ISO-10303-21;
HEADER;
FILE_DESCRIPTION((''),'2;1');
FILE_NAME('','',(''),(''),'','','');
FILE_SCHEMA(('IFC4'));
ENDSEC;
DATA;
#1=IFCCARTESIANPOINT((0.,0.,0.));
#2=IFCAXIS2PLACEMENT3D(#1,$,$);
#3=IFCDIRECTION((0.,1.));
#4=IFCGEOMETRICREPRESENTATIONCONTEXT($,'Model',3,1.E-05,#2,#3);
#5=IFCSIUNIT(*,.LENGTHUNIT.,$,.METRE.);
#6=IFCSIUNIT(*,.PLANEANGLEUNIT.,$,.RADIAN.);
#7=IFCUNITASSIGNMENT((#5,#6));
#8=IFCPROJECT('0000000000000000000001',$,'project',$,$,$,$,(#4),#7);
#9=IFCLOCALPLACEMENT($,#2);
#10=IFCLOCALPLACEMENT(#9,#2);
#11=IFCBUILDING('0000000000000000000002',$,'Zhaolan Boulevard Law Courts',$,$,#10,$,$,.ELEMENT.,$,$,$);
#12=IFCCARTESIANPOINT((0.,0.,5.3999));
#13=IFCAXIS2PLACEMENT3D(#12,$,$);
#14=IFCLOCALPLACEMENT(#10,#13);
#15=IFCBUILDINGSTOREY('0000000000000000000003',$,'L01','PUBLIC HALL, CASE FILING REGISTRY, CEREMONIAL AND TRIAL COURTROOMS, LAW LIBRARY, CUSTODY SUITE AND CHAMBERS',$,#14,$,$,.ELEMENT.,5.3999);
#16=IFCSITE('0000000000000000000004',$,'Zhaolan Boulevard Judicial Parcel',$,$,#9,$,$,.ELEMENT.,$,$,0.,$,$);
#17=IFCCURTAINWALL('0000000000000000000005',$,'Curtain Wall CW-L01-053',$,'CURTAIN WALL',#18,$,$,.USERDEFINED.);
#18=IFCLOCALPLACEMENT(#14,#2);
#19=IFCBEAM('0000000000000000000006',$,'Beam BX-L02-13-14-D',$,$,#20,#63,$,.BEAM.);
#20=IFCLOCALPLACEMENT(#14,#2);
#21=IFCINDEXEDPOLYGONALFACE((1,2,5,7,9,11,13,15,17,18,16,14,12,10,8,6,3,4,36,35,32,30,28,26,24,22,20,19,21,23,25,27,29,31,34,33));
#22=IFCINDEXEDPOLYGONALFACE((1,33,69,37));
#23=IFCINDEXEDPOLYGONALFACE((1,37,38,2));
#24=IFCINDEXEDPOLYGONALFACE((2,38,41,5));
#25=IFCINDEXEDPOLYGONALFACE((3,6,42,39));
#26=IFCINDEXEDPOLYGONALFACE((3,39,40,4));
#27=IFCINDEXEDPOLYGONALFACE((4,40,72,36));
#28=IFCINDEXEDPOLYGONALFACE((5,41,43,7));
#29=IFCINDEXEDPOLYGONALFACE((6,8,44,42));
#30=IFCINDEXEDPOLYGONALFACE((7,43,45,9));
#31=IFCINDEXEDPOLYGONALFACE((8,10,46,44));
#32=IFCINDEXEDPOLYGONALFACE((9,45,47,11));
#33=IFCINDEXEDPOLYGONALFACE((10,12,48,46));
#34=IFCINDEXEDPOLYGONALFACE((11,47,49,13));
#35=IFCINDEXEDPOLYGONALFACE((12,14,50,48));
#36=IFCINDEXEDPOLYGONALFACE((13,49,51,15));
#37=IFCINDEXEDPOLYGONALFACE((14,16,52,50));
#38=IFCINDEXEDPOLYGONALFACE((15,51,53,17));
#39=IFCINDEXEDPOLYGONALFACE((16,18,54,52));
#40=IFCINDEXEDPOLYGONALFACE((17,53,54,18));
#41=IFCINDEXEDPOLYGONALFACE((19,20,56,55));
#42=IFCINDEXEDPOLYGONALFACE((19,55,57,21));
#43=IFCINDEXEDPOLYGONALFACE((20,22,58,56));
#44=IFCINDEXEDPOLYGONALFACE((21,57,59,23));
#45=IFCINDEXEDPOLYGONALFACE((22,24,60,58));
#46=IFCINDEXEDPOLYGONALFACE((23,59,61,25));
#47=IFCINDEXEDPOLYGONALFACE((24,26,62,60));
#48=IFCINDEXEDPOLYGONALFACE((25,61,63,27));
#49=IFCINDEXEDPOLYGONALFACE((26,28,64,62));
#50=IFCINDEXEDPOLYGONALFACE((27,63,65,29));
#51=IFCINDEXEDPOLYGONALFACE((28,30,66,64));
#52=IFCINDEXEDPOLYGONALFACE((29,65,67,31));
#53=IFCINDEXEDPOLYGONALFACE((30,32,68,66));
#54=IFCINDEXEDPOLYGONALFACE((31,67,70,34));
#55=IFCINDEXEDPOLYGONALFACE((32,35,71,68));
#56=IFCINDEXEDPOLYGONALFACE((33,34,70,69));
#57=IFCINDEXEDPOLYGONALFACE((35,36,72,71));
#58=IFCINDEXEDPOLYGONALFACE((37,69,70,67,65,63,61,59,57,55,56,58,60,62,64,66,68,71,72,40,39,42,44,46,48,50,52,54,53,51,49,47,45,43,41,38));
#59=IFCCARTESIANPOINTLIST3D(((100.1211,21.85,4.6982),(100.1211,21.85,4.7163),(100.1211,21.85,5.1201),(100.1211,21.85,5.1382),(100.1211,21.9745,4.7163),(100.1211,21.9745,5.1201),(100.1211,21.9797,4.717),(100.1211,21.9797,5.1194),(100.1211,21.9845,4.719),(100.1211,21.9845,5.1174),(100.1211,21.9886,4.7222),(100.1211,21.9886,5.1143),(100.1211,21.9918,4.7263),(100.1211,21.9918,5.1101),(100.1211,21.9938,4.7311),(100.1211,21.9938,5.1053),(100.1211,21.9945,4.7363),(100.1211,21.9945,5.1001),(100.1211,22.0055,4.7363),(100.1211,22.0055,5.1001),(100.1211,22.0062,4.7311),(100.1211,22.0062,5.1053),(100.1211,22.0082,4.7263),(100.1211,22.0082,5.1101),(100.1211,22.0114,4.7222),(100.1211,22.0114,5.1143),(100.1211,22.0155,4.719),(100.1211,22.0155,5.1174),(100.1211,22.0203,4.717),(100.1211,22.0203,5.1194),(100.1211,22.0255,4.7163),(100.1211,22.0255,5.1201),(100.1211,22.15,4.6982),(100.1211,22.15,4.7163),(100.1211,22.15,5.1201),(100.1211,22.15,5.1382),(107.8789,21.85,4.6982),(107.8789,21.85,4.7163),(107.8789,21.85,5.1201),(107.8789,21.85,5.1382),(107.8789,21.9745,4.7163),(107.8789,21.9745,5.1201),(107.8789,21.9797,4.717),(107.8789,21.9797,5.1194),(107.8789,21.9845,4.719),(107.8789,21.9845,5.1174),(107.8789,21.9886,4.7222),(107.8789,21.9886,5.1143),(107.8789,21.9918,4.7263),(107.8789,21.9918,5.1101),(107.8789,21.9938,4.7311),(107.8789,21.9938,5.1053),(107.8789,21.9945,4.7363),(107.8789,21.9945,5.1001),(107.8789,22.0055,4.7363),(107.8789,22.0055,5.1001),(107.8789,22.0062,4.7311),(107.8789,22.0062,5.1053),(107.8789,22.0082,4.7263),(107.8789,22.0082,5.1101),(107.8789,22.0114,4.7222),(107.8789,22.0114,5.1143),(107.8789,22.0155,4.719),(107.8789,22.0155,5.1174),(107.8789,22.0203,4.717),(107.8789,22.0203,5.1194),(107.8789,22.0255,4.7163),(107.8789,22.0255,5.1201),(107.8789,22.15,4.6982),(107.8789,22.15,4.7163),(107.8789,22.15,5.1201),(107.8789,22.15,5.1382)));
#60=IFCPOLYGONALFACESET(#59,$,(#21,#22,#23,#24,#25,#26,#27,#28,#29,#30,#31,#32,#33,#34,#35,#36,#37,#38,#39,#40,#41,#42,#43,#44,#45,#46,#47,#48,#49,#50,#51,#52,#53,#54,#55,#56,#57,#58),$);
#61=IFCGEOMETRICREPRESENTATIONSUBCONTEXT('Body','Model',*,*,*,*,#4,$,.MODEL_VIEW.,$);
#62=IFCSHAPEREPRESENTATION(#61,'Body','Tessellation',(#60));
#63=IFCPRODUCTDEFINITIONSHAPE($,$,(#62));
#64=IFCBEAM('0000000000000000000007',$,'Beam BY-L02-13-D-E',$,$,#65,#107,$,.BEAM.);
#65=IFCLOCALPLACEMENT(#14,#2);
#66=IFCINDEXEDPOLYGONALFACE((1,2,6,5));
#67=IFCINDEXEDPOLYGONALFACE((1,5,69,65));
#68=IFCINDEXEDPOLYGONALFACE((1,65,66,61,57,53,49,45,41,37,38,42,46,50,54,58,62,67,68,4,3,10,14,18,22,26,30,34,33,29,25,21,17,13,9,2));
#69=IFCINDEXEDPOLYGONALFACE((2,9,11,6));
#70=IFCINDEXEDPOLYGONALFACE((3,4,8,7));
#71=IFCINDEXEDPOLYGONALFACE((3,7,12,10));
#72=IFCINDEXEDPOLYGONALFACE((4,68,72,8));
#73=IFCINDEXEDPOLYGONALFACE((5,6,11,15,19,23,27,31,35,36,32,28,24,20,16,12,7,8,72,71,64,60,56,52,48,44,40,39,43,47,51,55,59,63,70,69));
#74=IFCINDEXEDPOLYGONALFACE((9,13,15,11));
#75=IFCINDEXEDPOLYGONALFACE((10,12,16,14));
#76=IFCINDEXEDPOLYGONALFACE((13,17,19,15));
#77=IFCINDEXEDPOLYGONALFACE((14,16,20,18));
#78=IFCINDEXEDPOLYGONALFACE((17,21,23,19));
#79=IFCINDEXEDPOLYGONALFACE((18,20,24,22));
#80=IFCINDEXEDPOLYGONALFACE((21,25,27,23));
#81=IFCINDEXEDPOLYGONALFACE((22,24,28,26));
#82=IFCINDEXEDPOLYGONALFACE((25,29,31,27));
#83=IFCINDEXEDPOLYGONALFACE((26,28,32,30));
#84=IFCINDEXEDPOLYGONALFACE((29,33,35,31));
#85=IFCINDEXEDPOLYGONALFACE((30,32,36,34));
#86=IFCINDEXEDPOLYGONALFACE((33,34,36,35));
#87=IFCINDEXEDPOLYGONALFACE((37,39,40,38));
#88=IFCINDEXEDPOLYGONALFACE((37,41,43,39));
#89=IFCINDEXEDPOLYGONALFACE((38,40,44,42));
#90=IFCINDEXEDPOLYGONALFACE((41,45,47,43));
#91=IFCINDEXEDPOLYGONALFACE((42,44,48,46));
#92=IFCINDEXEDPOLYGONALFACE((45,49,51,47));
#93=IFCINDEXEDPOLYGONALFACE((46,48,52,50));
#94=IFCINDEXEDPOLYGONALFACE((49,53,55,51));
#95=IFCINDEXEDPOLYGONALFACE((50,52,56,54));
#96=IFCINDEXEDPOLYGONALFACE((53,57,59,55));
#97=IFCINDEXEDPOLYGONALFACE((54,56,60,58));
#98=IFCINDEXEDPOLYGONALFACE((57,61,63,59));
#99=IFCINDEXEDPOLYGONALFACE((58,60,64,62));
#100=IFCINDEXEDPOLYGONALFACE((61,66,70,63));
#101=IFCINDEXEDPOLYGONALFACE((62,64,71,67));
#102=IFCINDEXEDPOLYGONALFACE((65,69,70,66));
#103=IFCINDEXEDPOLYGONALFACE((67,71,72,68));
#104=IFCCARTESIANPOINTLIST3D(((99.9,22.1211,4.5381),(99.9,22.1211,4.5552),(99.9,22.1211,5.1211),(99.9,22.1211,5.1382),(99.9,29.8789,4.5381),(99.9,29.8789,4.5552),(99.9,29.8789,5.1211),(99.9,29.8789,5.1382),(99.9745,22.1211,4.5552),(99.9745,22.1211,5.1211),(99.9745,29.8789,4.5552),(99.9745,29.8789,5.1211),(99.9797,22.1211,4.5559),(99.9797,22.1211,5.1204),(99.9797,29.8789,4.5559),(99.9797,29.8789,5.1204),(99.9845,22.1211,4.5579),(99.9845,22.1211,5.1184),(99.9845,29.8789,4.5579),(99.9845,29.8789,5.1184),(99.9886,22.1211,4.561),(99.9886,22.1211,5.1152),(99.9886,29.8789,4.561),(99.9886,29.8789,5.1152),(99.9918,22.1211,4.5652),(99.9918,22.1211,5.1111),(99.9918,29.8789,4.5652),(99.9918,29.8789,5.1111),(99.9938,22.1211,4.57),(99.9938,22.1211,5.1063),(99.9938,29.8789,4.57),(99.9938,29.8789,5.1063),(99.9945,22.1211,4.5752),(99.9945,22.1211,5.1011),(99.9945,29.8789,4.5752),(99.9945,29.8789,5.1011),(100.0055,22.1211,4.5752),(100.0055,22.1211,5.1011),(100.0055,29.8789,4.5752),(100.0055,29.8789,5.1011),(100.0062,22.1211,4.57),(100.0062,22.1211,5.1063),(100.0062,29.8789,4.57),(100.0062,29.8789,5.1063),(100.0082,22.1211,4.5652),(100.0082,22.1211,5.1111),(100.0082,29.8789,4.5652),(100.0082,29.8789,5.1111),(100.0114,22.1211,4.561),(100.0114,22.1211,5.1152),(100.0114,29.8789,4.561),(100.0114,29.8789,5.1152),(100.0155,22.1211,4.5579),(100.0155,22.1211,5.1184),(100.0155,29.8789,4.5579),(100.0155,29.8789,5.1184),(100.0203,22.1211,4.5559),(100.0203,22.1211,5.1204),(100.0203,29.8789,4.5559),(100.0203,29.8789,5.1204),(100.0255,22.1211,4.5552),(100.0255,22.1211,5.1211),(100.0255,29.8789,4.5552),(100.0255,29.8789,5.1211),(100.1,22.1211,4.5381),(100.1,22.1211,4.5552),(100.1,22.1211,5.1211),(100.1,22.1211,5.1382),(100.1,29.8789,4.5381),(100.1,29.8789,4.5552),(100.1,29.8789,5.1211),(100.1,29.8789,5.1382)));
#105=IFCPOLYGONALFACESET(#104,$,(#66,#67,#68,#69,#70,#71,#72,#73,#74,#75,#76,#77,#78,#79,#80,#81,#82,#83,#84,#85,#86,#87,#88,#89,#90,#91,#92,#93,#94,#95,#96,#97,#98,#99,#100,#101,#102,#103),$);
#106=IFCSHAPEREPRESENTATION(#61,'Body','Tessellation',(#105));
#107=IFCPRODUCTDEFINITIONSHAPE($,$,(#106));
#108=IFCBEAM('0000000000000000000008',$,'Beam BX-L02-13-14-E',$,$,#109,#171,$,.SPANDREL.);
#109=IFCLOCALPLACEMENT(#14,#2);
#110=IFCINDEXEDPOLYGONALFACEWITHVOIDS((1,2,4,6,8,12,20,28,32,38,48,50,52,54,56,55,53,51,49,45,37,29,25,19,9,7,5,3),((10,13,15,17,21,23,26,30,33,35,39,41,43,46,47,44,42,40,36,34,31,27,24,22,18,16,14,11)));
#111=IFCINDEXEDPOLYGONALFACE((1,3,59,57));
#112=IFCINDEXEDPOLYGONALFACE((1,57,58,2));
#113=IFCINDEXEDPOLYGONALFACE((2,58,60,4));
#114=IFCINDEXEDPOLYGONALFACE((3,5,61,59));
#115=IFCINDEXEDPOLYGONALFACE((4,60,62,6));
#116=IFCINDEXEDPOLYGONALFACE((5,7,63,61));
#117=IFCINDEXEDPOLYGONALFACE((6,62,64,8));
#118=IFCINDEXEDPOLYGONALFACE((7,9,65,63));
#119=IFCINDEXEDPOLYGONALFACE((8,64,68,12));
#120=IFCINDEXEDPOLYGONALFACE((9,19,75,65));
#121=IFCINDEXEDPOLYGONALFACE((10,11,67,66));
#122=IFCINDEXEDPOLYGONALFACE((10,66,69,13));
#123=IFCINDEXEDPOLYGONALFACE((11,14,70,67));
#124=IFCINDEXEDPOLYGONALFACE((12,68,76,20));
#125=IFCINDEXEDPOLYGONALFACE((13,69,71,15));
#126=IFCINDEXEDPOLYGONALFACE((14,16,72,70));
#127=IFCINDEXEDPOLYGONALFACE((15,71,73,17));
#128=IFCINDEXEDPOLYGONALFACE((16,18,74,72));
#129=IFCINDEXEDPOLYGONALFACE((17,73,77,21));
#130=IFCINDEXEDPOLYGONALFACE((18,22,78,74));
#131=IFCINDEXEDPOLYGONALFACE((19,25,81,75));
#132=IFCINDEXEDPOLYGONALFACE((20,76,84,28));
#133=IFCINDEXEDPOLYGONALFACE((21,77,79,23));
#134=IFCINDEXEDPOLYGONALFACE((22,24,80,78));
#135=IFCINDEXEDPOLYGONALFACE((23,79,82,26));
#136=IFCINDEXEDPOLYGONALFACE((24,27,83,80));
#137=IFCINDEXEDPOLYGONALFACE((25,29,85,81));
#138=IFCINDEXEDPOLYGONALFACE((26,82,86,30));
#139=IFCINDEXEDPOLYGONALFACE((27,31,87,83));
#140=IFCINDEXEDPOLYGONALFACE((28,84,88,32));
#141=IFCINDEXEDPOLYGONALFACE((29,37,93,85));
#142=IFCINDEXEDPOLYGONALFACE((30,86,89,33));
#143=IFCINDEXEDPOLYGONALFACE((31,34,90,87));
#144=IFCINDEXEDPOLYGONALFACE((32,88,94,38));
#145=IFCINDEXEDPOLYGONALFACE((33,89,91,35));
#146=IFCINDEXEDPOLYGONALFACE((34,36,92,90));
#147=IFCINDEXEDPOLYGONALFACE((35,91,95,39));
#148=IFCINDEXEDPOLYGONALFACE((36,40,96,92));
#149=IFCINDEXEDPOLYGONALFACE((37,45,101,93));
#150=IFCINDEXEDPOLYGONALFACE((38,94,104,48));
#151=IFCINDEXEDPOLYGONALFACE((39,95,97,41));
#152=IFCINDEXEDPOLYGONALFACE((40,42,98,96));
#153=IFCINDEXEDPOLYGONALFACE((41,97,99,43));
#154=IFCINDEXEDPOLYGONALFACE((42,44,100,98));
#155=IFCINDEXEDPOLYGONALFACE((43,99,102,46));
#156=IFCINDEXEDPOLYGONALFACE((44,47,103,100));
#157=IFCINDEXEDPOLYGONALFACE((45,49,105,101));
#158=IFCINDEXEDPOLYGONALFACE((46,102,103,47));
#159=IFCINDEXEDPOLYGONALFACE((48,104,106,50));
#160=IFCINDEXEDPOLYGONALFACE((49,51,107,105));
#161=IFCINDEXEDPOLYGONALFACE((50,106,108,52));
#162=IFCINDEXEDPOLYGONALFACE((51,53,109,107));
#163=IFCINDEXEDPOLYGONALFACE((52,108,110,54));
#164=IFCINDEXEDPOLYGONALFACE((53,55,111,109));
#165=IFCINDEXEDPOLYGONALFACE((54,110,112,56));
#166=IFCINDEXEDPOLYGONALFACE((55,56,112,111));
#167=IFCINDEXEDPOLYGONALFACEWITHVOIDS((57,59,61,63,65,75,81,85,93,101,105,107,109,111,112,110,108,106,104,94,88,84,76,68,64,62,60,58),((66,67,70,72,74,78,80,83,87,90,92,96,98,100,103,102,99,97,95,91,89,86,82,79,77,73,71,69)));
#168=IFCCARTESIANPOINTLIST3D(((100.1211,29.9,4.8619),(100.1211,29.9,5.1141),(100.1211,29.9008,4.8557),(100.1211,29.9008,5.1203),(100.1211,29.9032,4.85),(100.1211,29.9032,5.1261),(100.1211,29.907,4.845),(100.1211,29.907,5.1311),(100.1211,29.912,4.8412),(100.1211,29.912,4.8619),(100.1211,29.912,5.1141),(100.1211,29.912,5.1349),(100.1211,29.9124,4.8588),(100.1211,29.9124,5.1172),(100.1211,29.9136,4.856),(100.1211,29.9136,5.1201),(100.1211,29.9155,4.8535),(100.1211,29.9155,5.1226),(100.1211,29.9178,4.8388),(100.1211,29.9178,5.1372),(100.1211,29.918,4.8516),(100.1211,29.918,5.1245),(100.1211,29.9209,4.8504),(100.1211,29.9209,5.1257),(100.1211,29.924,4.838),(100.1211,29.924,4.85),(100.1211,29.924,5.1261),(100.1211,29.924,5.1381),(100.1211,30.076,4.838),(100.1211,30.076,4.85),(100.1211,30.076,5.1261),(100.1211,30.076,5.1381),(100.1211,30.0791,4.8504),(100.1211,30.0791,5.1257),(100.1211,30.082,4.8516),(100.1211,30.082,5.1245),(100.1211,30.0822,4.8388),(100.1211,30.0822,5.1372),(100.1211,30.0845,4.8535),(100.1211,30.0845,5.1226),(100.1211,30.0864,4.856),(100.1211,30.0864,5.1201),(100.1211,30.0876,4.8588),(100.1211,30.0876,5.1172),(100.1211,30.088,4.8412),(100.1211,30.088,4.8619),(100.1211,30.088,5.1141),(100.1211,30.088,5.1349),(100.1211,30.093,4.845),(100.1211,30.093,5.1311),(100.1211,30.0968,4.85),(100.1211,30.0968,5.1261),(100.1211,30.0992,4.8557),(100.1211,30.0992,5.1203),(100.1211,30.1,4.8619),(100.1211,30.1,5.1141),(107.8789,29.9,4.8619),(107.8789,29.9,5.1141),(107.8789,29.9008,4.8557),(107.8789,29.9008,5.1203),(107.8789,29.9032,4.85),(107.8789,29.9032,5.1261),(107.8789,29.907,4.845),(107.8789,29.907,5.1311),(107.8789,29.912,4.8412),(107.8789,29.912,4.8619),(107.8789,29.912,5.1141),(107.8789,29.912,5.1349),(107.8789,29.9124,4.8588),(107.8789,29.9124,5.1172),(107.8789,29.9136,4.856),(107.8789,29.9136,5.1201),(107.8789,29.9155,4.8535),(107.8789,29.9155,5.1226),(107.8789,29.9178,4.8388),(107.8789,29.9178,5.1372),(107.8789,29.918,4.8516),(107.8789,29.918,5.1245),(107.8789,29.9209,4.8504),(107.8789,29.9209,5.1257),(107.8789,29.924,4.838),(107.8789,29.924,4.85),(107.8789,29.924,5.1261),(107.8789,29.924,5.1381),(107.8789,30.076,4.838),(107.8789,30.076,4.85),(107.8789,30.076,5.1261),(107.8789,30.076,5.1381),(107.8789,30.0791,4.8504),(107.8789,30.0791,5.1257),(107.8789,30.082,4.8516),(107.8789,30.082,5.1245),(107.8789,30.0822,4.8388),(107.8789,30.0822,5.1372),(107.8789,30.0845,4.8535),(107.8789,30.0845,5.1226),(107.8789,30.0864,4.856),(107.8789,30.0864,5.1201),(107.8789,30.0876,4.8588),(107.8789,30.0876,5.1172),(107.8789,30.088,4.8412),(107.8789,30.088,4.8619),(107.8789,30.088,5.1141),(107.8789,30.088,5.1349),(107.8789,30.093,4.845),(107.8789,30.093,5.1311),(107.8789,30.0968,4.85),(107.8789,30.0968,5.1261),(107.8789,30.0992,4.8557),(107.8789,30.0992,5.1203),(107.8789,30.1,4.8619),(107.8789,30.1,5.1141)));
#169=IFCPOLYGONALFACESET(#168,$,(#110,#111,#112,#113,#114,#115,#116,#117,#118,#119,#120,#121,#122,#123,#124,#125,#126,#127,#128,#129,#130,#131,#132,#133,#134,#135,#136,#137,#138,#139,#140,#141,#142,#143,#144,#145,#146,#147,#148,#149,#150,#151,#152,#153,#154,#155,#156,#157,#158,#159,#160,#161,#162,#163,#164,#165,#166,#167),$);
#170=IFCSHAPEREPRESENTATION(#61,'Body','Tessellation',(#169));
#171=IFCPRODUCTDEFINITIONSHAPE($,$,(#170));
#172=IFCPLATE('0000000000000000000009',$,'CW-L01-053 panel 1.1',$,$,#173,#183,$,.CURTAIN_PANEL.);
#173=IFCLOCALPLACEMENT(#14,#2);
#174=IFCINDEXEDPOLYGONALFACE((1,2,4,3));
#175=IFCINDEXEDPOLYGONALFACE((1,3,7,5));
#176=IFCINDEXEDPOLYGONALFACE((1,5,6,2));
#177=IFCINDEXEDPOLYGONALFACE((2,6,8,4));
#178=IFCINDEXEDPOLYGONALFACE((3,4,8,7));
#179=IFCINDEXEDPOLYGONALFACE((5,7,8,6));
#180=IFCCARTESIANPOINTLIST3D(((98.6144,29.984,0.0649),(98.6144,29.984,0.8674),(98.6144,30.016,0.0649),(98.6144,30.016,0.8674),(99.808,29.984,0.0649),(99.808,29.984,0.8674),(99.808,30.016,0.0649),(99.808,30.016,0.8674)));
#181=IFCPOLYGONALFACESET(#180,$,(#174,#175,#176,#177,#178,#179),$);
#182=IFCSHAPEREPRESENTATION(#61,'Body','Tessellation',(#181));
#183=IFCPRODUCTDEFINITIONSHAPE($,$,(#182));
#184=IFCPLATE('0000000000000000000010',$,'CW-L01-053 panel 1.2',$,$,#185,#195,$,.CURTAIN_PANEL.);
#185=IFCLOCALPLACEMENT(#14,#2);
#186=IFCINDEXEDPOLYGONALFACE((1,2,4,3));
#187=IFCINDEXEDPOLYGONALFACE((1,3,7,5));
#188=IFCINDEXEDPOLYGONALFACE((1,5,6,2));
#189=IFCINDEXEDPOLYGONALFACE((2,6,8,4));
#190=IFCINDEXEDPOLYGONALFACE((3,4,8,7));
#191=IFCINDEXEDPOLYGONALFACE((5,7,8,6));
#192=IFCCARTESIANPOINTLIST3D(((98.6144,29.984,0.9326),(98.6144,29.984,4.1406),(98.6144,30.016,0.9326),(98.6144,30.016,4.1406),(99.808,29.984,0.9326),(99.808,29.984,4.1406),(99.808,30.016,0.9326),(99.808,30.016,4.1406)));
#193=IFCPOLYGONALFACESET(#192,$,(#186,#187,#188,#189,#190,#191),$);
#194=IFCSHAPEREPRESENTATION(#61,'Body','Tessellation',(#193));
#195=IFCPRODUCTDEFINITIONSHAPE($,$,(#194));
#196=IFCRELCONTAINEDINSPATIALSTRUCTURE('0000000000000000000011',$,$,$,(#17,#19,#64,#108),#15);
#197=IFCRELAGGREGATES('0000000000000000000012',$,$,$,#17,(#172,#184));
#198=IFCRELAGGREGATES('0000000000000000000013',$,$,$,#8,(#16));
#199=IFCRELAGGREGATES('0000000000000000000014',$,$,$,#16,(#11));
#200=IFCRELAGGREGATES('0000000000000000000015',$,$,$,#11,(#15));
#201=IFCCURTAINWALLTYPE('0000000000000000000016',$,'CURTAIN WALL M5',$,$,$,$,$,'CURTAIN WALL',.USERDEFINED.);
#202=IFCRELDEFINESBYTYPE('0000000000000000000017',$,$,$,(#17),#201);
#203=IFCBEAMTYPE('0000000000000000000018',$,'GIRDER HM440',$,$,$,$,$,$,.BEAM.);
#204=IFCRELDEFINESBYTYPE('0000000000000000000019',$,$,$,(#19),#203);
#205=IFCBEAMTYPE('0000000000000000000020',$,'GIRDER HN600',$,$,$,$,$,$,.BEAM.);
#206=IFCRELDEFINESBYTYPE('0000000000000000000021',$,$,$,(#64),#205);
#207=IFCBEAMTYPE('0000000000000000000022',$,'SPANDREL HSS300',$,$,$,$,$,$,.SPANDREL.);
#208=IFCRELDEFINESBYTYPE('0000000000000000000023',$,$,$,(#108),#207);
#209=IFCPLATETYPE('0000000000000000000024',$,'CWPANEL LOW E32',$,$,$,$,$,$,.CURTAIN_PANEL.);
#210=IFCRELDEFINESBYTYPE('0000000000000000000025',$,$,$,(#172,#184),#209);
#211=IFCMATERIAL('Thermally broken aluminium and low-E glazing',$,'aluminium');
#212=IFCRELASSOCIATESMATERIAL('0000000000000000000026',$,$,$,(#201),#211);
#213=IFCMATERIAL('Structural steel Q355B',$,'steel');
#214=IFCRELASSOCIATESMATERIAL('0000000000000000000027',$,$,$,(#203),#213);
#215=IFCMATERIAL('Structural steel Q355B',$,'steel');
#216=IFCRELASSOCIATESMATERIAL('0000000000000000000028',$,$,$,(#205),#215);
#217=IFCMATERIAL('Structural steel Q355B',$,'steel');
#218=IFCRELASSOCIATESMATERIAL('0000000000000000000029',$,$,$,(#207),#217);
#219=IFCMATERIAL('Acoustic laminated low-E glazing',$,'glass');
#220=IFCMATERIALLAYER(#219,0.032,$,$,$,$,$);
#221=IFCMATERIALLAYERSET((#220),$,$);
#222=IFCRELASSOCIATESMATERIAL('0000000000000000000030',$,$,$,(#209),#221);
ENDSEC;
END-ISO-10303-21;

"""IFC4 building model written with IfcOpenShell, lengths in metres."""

from ifc_helpers import new_model, si_unit, direction, frame, origin, origin_2d, place, context, subcontext, project, spatial, rectangle, hollow_rectangle, i_section, extrude, material, layer, layer_set, material_profile, profile_set, type_object, element, aggregate, save


model = new_model("IFC4")

# Units and contexts
model_context = context("Model", 3, precision=1e-05, world=origin(), true_north=direction((0.0, 1.0)))
body_context = subcontext(model_context, "Body", "Model", "MODEL_VIEW")
ifc_project = project(units=[si_unit("LENGTHUNIT", "METRE"), si_unit("PLANEANGLEUNIT", "RADIAN")], contexts=[model_context])

# Site, building, storey
site_placement = place(None, origin())
site = spatial("IfcSite", under=ifc_project, at=site_placement, Name="Zhaolan Boulevard Judicial Parcel", CompositionType="ELEMENT", RefElevation=0.0)
building_placement = place(site_placement, origin())
building = spatial("IfcBuilding", under=site, at=building_placement, Name="Zhaolan Boulevard Law Courts", CompositionType="ELEMENT")
storey_placement = place(building_placement, frame((0.0, 0.0, 5.3999)))
storey = spatial("IfcBuildingStorey", under=building, at=storey_placement, Name="L01", Description="PUBLIC HALL, CASE FILING REGISTRY, CEREMONIAL AND TRIAL COURTROOMS, LAW LIBRARY, CUSTODY SUITE AND CHAMBERS", CompositionType="ELEMENT", Elevation=5.3999)

# Curtain wall
ifc_material_1 = material(Name="Thermally broken aluminium and low-E glazing", Category="aluminium")
curtain_wall_type_1 = type_object("IfcCurtainWallType", Name="CURTAIN WALL M5", ElementType="CURTAIN WALL", PredefinedType="USERDEFINED", material=ifc_material_1)
curtain_wall_1_placement = place(storey_placement, origin())
curtain_wall_1 = element("IfcCurtainWall", 1, at=curtain_wall_1_placement, inside=storey, type_object=curtain_wall_type_1, Name="Curtain Wall CW-L01-053", ObjectType="CURTAIN WALL", PredefinedType="USERDEFINED")

# Beams
ifc_material_2 = material(Name="Structural steel Q355B", Category="steel")
ifc_material_profile_1 = material_profile(ifc_material_2, i_section(OverallWidth=0.3, OverallDepth=0.4399, WebThickness=0.011, FlangeThickness=0.0181, FilletRadius=0.02, at=origin_2d()), Name="HM440x300")
ifc_profile_set_1 = profile_set([ifc_material_profile_1], Name="Structural steel Q355B")
beam_type_1 = type_object("IfcBeamType", Name="GIRDER HM440", PredefinedType="BEAM", material=ifc_profile_set_1)
beam_1_placement = place(storey_placement, frame((100.1211, 22.0, 4.9182), z_axis=(1.0, 0.0, 0.0), x_axis=(0.0, 1.0, 0.0)))
element("IfcBeam", 2, at=beam_1_placement, inside=storey, type_object=beam_type_1, Name="Beam BX-L02-13-14-D", PredefinedType="BEAM", context=body_context, shape_type="SweptSolid", body=[
    extrude(i_section(OverallWidth=0.3, OverallDepth=0.4399, WebThickness=0.011, FlangeThickness=0.0181, FilletRadius=0.02, at=origin_2d()), origin(), (0.0, 0.0, 1.0), 7.7578),
])
ifc_material_3 = material(Name="Structural steel Q355B", Category="steel")
ifc_material_profile_2 = material_profile(ifc_material_3, i_section(OverallWidth=0.2, OverallDepth=0.6001, WebThickness=0.011, FlangeThickness=0.0171, FilletRadius=0.02, at=origin_2d()), Name="HN600x200")
ifc_profile_set_2 = profile_set([ifc_material_profile_2], Name="Structural steel Q355B")
beam_type_2 = type_object("IfcBeamType", Name="GIRDER HN600", PredefinedType="BEAM", material=ifc_profile_set_2)
beam_2_placement = place(storey_placement, frame((100.0, 22.1211, 4.8381), z_axis=(0.0, 1.0, 0.0), x_axis=(-1.0, 0.0, 0.0)))
element("IfcBeam", 3, at=beam_2_placement, inside=storey, type_object=beam_type_2, Name="Beam BY-L02-13-D-E", PredefinedType="BEAM", context=body_context, shape_type="SweptSolid", body=[
    extrude(i_section(OverallWidth=0.2, OverallDepth=0.6001, WebThickness=0.011, FlangeThickness=0.0171, FilletRadius=0.02, at=origin_2d()), origin(), (0.0, 0.0, 1.0), 7.7578),
])
ifc_material_4 = material(Name="Structural steel Q355B", Category="steel")
ifc_material_profile_3 = material_profile(ifc_material_4, hollow_rectangle(XDim=0.2, YDim=0.3, WallThickness=0.012, InnerFilletRadius=0.012, OuterFilletRadius=0.0239, at=origin_2d()), Name="HSS300x200x12")
ifc_profile_set_3 = profile_set([ifc_material_profile_3], Name="Structural steel Q355B")
beam_type_3 = type_object("IfcBeamType", Name="SPANDREL HSS300", PredefinedType="SPANDREL", material=ifc_profile_set_3)
beam_3_placement = place(storey_placement, frame((100.1211, 30.0, 4.988), z_axis=(1.0, 0.0, 0.0), x_axis=(0.0, 1.0, 0.0)))
element("IfcBeam", 4, at=beam_3_placement, inside=storey, type_object=beam_type_3, Name="Beam BX-L02-13-14-E", PredefinedType="SPANDREL", context=body_context, shape_type="SweptSolid", body=[
    extrude(hollow_rectangle(XDim=0.2, YDim=0.3, WallThickness=0.012, InnerFilletRadius=0.012, OuterFilletRadius=0.0239, at=origin_2d()), origin(), (0.0, 0.0, 1.0), 7.7578),
])

# Plates
ifc_material_5 = material(Name="Acoustic laminated low-E glazing", Category="glass")
ifc_layer_1 = layer(ifc_material_5, 0.032)
ifc_layer_set_1 = layer_set([ifc_layer_1])
plate_type_1 = type_object("IfcPlateType", Name="CWPANEL LOW E32", PredefinedType="CURTAIN_PANEL", material=ifc_layer_set_1)
plate_1_placement = place(storey_placement, frame((99.2112, 30.0, 0.0649), z_axis=(0.0, 0.0, 1.0), x_axis=(-1.0, 0.0, 0.0)))
plate_1 = element("IfcPlate", 5, at=plate_1_placement, type_object=plate_type_1, Name="CW-L01-053 panel 1.1", PredefinedType="CURTAIN_PANEL", context=body_context, shape_type="SweptSolid", body=[
    extrude(rectangle(XDim=1.1936, YDim=0.032, at=origin_2d()), origin(), (0.0, 0.0, 1.0), 0.8025),
])
plate_2_placement = place(storey_placement, frame((99.2112, 30.0, 0.9326), z_axis=(0.0, 0.0, 1.0), x_axis=(-1.0, 0.0, 0.0)))
plate_2 = element("IfcPlate", 6, at=plate_2_placement, type_object=plate_type_1, Name="CW-L01-053 panel 1.2", PredefinedType="CURTAIN_PANEL", context=body_context, shape_type="SweptSolid", body=[
    extrude(rectangle(XDim=1.1936, YDim=0.032, at=origin_2d()), origin(), (0.0, 0.0, 1.0), 3.208),
])
aggregate(curtain_wall_1, [plate_1, plate_2])

save(model, "model.ifc")
